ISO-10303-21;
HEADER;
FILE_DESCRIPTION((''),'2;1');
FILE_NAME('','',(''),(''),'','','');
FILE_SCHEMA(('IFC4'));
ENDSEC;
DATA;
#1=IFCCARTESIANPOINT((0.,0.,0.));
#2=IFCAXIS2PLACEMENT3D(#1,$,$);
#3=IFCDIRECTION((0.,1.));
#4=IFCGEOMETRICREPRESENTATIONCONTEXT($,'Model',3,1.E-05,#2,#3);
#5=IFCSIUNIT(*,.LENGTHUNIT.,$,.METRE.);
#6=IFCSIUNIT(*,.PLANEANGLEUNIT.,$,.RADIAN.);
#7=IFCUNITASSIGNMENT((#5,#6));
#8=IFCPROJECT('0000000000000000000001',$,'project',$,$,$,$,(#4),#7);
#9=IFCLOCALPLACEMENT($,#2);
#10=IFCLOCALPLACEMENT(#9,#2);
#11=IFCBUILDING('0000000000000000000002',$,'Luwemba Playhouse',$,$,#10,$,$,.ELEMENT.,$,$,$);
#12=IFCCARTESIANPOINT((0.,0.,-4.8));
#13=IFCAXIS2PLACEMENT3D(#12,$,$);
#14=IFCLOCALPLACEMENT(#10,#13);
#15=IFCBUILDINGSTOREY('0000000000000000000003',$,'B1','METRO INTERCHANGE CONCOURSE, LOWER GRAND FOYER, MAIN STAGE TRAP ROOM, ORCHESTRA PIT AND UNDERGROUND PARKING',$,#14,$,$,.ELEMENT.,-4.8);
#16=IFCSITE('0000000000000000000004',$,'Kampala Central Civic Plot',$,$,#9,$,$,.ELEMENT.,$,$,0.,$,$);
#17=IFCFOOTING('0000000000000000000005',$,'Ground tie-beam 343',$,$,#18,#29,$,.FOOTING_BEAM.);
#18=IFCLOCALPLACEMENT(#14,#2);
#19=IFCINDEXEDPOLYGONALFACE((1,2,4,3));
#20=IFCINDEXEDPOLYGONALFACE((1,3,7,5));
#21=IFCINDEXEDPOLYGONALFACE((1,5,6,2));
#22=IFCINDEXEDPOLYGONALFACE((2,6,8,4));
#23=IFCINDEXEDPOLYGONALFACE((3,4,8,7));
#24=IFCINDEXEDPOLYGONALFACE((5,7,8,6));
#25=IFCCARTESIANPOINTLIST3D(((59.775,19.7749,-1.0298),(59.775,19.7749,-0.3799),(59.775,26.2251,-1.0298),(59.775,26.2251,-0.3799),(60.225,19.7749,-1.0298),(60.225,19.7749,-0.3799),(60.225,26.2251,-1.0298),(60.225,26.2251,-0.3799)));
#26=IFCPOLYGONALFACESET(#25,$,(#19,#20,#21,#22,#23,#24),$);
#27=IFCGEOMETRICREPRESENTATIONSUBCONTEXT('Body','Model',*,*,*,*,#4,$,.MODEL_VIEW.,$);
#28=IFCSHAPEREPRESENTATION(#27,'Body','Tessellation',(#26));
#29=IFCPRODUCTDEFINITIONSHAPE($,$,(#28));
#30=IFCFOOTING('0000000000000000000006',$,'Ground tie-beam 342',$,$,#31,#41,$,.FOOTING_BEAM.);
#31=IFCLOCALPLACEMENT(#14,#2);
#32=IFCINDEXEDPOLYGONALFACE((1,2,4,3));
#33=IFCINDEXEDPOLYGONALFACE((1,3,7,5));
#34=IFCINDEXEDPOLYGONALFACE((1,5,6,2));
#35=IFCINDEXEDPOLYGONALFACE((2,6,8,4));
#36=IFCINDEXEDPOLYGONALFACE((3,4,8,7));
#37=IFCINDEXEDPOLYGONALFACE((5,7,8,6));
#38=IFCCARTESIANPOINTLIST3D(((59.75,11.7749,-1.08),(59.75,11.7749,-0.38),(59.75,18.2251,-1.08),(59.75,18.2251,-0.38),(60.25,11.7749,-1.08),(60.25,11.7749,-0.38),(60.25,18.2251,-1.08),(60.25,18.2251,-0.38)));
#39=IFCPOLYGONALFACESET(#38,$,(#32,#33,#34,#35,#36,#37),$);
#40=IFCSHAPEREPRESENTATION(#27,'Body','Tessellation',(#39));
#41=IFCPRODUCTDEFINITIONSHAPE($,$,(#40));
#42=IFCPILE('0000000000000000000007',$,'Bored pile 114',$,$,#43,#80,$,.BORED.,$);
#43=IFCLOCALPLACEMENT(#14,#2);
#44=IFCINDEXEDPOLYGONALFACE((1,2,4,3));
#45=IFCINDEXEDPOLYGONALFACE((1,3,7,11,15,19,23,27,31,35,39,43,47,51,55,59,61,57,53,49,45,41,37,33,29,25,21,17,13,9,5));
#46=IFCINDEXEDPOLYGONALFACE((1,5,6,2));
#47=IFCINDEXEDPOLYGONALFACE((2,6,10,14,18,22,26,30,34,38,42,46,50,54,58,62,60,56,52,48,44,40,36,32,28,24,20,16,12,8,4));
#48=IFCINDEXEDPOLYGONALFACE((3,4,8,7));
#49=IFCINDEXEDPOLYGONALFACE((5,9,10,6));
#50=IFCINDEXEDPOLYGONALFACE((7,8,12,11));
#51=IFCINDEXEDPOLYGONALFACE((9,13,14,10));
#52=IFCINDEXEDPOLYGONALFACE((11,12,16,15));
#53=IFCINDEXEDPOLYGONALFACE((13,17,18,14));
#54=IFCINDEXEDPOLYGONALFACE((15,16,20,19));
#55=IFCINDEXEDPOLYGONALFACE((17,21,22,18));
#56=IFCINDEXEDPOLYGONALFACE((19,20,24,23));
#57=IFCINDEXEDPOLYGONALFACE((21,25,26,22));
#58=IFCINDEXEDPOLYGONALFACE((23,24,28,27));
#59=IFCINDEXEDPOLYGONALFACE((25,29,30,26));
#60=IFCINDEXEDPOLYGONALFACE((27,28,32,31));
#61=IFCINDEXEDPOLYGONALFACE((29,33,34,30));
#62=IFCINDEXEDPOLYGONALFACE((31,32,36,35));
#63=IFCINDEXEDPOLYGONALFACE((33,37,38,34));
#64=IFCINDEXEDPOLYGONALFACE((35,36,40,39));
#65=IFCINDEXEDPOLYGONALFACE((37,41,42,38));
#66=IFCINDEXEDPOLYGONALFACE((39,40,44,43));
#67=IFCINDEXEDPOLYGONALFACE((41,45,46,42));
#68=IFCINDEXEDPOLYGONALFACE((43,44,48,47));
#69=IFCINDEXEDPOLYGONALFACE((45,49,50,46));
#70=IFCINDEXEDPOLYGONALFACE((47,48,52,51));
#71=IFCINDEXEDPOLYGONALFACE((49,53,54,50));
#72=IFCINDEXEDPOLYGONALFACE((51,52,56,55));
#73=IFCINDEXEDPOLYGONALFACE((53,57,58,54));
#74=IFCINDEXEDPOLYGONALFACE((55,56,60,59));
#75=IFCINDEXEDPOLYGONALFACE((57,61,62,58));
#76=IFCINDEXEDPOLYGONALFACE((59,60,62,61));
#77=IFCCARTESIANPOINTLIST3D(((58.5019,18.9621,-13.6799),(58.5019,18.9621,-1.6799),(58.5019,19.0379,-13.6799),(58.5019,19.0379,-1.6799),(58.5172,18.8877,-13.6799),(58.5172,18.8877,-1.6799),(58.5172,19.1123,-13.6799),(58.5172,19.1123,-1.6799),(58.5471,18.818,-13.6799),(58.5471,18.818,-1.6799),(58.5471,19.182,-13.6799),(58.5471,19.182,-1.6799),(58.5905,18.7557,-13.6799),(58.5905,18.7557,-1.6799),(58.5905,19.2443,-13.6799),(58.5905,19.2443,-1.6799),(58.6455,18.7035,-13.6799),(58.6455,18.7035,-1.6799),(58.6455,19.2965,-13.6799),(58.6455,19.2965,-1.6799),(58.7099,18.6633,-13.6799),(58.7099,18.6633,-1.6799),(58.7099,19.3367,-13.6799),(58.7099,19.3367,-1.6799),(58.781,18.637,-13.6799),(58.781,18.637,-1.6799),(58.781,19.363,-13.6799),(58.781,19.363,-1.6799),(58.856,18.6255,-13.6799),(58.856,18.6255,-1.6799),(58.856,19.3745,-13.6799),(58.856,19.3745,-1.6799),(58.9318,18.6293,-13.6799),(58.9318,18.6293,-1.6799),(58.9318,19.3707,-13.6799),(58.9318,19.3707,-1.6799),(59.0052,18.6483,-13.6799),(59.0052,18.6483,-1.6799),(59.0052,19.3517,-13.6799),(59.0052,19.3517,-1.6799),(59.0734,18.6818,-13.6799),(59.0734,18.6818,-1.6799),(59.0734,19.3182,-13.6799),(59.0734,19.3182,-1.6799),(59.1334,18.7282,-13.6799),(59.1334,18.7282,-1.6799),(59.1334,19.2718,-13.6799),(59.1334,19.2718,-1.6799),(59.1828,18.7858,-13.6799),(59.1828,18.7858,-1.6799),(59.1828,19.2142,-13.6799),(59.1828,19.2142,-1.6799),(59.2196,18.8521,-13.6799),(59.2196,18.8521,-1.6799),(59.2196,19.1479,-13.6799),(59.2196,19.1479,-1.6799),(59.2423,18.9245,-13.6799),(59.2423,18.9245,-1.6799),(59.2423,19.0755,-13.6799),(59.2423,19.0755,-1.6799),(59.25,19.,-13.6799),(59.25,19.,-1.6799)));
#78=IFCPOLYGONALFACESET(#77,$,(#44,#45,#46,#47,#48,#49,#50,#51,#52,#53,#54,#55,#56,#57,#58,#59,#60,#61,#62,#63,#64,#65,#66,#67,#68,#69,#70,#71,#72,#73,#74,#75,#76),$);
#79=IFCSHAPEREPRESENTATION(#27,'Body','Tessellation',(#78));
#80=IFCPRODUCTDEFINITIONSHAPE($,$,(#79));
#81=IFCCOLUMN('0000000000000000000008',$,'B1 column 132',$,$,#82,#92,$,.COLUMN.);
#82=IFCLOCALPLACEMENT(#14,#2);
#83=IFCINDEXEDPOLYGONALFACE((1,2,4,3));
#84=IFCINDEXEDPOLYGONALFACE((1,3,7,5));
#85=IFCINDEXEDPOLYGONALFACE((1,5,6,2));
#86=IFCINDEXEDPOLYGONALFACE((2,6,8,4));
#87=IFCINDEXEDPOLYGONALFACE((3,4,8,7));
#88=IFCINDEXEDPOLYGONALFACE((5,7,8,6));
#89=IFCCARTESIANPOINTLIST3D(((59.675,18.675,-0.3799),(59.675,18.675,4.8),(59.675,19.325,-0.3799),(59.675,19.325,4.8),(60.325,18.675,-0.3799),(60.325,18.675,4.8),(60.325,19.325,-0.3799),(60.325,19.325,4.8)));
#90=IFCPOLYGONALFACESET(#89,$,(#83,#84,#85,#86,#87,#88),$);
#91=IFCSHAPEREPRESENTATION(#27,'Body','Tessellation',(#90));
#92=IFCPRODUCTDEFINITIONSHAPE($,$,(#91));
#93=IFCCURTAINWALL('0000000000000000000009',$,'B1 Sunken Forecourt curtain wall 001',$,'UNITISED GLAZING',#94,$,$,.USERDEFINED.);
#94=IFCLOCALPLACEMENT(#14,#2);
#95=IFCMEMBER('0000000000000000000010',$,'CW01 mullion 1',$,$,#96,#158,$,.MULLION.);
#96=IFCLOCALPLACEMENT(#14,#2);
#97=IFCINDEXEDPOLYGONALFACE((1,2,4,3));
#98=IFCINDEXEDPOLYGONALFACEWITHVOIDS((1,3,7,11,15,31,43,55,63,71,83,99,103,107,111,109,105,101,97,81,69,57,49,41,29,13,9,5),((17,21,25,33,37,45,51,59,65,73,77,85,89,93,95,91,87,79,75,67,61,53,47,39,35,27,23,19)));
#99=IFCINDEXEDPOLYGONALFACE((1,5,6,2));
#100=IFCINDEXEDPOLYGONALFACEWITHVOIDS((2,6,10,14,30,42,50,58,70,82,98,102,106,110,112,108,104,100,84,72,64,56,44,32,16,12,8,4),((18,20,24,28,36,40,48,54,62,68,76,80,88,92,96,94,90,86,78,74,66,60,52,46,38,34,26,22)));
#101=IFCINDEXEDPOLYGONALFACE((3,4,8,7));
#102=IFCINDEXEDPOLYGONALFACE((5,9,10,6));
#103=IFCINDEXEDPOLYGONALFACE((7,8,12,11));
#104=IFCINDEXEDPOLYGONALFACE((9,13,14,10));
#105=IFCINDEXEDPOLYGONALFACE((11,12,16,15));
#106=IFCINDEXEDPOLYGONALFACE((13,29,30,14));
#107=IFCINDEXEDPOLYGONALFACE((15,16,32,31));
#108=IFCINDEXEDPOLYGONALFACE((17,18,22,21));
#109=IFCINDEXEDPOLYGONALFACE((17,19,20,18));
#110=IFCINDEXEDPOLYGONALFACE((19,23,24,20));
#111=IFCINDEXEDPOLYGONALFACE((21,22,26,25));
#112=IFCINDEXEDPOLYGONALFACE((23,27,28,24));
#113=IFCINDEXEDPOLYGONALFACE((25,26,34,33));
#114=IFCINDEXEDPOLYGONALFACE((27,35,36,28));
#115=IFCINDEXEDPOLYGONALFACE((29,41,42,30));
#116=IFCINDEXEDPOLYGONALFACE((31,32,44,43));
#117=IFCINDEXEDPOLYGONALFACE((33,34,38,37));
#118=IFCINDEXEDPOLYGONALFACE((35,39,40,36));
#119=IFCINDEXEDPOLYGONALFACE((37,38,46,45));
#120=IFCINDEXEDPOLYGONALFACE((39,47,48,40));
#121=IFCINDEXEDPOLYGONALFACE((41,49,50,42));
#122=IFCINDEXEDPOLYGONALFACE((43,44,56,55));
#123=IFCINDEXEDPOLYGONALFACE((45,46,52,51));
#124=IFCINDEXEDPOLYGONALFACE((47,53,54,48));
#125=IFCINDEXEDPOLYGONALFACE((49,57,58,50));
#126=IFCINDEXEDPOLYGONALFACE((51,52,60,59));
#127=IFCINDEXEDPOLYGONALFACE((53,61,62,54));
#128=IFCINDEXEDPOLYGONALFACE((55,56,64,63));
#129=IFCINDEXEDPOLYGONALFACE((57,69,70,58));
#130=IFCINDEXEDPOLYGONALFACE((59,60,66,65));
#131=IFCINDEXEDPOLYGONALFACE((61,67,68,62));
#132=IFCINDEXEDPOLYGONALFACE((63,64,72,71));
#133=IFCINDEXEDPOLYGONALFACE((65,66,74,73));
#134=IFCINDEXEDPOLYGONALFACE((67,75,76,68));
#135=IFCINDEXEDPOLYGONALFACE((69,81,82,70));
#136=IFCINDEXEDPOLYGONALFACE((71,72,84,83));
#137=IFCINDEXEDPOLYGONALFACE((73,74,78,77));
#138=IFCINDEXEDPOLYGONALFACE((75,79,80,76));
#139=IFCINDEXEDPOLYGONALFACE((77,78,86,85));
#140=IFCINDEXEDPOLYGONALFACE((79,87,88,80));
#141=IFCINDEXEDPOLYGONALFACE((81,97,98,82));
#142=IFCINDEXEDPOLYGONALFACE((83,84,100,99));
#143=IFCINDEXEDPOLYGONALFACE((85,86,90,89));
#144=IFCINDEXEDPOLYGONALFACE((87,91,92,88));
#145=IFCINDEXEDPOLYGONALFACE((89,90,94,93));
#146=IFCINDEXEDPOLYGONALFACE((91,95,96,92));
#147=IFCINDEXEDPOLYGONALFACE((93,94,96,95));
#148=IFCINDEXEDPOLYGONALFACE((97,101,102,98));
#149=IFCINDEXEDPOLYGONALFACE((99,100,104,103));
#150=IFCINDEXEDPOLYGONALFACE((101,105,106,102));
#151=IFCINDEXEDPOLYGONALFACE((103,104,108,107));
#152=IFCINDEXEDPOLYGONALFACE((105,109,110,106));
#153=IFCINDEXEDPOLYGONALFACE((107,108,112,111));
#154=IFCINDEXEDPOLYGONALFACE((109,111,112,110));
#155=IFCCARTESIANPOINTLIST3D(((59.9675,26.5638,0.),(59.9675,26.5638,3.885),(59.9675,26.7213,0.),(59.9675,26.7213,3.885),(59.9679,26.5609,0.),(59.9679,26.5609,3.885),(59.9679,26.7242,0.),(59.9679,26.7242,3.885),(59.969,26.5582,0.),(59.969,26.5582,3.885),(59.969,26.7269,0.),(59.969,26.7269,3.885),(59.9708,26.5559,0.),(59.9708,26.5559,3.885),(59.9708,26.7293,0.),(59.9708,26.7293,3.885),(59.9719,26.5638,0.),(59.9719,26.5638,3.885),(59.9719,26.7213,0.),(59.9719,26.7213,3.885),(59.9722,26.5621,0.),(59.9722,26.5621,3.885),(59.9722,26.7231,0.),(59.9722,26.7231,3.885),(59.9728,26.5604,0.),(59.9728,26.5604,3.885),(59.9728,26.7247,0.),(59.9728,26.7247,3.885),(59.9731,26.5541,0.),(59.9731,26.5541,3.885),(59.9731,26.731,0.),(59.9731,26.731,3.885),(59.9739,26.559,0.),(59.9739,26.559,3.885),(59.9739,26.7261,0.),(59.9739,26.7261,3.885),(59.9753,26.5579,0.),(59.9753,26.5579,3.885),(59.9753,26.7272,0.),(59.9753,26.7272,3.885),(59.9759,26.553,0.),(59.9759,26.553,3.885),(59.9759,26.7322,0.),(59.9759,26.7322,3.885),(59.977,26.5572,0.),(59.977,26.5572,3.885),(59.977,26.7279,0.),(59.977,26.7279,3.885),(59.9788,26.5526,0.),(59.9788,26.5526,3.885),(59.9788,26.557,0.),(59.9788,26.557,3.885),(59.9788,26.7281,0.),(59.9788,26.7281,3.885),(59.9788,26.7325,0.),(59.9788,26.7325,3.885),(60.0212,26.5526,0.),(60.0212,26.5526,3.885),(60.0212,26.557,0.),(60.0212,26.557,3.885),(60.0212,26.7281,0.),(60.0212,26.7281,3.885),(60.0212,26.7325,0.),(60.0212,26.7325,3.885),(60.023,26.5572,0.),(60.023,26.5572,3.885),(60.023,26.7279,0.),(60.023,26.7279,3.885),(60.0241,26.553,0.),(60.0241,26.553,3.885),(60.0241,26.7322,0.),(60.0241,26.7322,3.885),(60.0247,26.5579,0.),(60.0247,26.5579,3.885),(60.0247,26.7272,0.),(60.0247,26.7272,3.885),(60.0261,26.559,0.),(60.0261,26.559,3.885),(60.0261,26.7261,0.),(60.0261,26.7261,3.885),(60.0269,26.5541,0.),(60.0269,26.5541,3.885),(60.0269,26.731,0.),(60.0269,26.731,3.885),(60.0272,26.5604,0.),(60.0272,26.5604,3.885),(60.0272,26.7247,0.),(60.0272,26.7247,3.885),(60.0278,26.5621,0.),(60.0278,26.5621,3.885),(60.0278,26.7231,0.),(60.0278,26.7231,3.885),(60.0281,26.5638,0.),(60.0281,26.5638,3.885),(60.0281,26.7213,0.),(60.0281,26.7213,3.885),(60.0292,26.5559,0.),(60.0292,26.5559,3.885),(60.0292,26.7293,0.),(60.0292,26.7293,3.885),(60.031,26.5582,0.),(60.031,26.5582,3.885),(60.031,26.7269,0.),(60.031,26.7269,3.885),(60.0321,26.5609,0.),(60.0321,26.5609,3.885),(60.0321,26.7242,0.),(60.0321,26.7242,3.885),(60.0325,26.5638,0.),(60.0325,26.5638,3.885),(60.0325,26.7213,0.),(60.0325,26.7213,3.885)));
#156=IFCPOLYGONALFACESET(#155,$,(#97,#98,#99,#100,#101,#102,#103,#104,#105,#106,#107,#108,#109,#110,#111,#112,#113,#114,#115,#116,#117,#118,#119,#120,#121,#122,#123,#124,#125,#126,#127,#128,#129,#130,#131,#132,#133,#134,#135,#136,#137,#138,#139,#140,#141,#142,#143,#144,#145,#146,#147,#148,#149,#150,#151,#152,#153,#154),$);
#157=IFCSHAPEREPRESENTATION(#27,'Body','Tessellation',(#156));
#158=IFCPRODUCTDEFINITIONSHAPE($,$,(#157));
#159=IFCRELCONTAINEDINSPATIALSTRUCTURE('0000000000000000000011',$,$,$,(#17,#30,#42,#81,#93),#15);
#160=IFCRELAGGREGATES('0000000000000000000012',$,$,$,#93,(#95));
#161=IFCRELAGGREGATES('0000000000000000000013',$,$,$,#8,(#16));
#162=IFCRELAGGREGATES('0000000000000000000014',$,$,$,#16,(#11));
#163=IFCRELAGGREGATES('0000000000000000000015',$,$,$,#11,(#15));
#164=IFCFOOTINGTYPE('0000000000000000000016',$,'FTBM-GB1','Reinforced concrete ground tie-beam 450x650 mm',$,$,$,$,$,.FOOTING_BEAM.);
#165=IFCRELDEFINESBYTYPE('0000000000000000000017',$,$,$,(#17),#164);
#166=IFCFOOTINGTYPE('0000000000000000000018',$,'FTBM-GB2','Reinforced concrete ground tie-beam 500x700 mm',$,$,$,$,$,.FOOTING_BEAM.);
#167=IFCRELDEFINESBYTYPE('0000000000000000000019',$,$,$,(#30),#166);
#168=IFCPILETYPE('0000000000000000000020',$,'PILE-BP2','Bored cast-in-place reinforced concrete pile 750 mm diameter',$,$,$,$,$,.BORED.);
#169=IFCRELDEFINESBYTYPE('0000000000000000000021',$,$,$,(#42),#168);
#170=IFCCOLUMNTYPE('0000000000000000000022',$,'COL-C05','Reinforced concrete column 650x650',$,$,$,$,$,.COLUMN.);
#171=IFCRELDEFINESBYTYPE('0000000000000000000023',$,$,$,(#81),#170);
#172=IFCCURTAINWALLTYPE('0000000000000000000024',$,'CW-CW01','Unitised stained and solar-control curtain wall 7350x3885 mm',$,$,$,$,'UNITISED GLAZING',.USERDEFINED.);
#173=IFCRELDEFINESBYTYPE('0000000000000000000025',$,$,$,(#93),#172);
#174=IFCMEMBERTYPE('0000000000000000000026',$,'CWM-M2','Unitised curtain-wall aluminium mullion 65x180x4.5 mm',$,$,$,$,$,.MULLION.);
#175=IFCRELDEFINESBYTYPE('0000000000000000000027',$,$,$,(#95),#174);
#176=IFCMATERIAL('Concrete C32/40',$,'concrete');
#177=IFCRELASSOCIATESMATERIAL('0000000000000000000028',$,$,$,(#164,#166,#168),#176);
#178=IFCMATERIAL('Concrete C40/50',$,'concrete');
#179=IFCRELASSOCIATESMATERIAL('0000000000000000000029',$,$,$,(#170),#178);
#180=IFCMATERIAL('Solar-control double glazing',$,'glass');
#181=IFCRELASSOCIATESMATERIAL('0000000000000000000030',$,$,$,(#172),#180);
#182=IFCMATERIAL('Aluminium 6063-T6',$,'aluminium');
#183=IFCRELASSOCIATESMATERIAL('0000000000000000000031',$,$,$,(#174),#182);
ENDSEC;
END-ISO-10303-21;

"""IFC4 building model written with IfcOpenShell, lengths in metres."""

from ifc_helpers import new_model, si_unit, direction, frame, origin, origin_2d, place, context, subcontext, project, spatial, rectangle, hollow_rectangle, circle, extrude, material, material_profile, profile_set, type_object, element, aggregate, save


model = new_model("IFC4")

# Units and contexts
model_context = context("Model", 3, precision=1e-05, world=origin(), true_north=direction((0.0, 1.0)))
body_context = subcontext(model_context, "Body", "Model", "MODEL_VIEW")
ifc_project = project(units=[si_unit("LENGTHUNIT", "METRE"), si_unit("PLANEANGLEUNIT", "RADIAN")], contexts=[model_context])

# Site, building, storey
site_placement = place(None, origin())
site = spatial("IfcSite", under=ifc_project, at=site_placement, Name="Kampala Central Civic Plot", CompositionType="ELEMENT", RefElevation=0.0)
building_placement = place(site_placement, origin())
building = spatial("IfcBuilding", under=site, at=building_placement, Name="Luwemba Playhouse", CompositionType="ELEMENT")
storey_placement = place(building_placement, frame((0.0, 0.0, -4.8)))
storey = spatial("IfcBuildingStorey", under=building, at=storey_placement, Name="B1", Description="METRO INTERCHANGE CONCOURSE, LOWER GRAND FOYER, MAIN STAGE TRAP ROOM, ORCHESTRA PIT AND UNDERGROUND PARKING", CompositionType="ELEMENT", Elevation=-4.8)

# Footings
ifc_material_1 = material(Name="Concrete C32/40", Category="concrete")
ifc_material_profile_1 = material_profile(ifc_material_1, rectangle(XDim=0.45, YDim=0.6499, at=origin_2d()))
ifc_profile_set_1 = profile_set([ifc_material_profile_1], Name="Concrete C32/40")
footing_type_1 = type_object("IfcFootingType", Name="FTBM-GB1", Description="Reinforced concrete ground tie-beam 450x650 mm", PredefinedType="FOOTING_BEAM", material=ifc_profile_set_1)
footing_1_placement = place(storey_placement, frame((60.0, 19.7749, -0.7048), z_axis=(0.0, 1.0, 0.0), x_axis=(-1.0, 0.0, 0.0)))
element("IfcFooting", 1, at=footing_1_placement, inside=storey, type_object=footing_type_1, Name="Ground tie-beam 343", PredefinedType="FOOTING_BEAM", context=body_context, shape_type="SweptSolid", body=[
    extrude(rectangle(XDim=0.45, YDim=0.6499, at=origin_2d()), origin(), (0.0, 0.0, 1.0), 6.4502),
])
ifc_material_profile_2 = material_profile(ifc_material_1, rectangle(XDim=0.5, YDim=0.7, at=origin_2d()))
ifc_profile_set_2 = profile_set([ifc_material_profile_2], Name="Concrete C32/40")
footing_type_2 = type_object("IfcFootingType", Name="FTBM-GB2", Description="Reinforced concrete ground tie-beam 500x700 mm", PredefinedType="FOOTING_BEAM", material=ifc_profile_set_2)
footing_2_placement = place(storey_placement, frame((60.0, 11.7749, -0.73), z_axis=(0.0, 1.0, 0.0), x_axis=(-1.0, 0.0, 0.0)))
element("IfcFooting", 2, at=footing_2_placement, inside=storey, type_object=footing_type_2, Name="Ground tie-beam 342", PredefinedType="FOOTING_BEAM", context=body_context, shape_type="SweptSolid", body=[
    extrude(rectangle(XDim=0.5, YDim=0.7, at=origin_2d()), origin(), (0.0, 0.0, 1.0), 6.4502),
])

# Pile
ifc_material_profile_3 = material_profile(ifc_material_1, circle(Radius=0.375, at=origin_2d()))
ifc_profile_set_3 = profile_set([ifc_material_profile_3], Name="Concrete C32/40")
pile_type = type_object("IfcPileType", Name="PILE-BP2", Description="Bored cast-in-place reinforced concrete pile 750 mm diameter", PredefinedType="BORED", material=ifc_profile_set_3)
pile_placement = place(storey_placement, frame((58.875, 19.0, -1.6799), z_axis=(0.0, 0.0, -1.0), x_axis=(1.0, 0.0, 0.0)))
element("IfcPile", 3, at=pile_placement, inside=storey, type_object=pile_type, Name="Bored pile 114", PredefinedType="BORED", context=body_context, shape_type="SweptSolid", body=[
    extrude(circle(Radius=0.375, at=origin_2d()), origin(), (0.0, 0.0, 1.0), 12.0),
])

# Column
ifc_material_2 = material(Name="Concrete C40/50", Category="concrete")
ifc_material_profile_4 = material_profile(ifc_material_2, rectangle(XDim=0.6499, YDim=0.6499, at=origin_2d()))
ifc_profile_set_4 = profile_set([ifc_material_profile_4], Name="Concrete C40/50")
column_type = type_object("IfcColumnType", Name="COL-C05", Description="Reinforced concrete column 650x650", PredefinedType="COLUMN", material=ifc_profile_set_4)
column_placement = place(storey_placement, frame((60.0, 19.0, -0.3799), z_axis=(0.0, 0.0, 1.0), x_axis=(1.0, 0.0, 0.0)))
element("IfcColumn", 4, at=column_placement, inside=storey, type_object=column_type, Name="B1 column 132", PredefinedType="COLUMN", context=body_context, shape_type="SweptSolid", body=[
    extrude(rectangle(XDim=0.6499, YDim=0.6499, at=origin_2d()), origin(), (0.0, 0.0, 1.0), 5.1799),
])

# Curtain wall, member
ifc_material_3 = material(Name="Solar-control double glazing", Category="glass")
curtain_wall_type = type_object("IfcCurtainWallType", Name="CW-CW01", Description="Unitised stained and solar-control curtain wall 7350x3885 mm", ElementType="UNITISED GLAZING", PredefinedType="USERDEFINED", material=ifc_material_3)
curtain_wall_placement = place(storey_placement, origin())
curtain_wall = element("IfcCurtainWall", 5, at=curtain_wall_placement, inside=storey, type_object=curtain_wall_type, Name="B1 Sunken Forecourt curtain wall 001", ObjectType="UNITISED GLAZING", PredefinedType="USERDEFINED")
ifc_material_4 = material(Name="Aluminium 6063-T6", Category="aluminium")
ifc_material_profile_5 = material_profile(ifc_material_4, hollow_rectangle(XDim=0.0649, YDim=0.1799, WallThickness=0.0044, InnerFilletRadius=0.0068, OuterFilletRadius=0.0112, at=origin_2d()))
ifc_profile_set_5 = profile_set([ifc_material_profile_5], Name="Aluminium 6063-T6")
member_type_1 = type_object("IfcMemberType", Name="CWM-M2", Description="Unitised curtain-wall aluminium mullion 65x180x4.5 mm", PredefinedType="MULLION", material=ifc_profile_set_5)
member_1_placement = place(storey_placement, frame((60.0, 26.6426, 0.0), z_axis=(0.0, 0.0, 1.0), x_axis=(1.0, 0.0, 0.0)))
member_1 = element("IfcMember", 6, at=member_1_placement, type_object=member_type_1, Name="CW01 mullion 1", PredefinedType="MULLION", context=body_context, shape_type="SweptSolid", body=[
    extrude(hollow_rectangle(XDim=0.0649, YDim=0.1799, WallThickness=0.0044, InnerFilletRadius=0.0068, OuterFilletRadius=0.0112, at=origin_2d()), origin(), (0.0, 0.0, 1.0), 3.885),
])
aggregate(curtain_wall, [member_1])

save(model, "model.ifc")
